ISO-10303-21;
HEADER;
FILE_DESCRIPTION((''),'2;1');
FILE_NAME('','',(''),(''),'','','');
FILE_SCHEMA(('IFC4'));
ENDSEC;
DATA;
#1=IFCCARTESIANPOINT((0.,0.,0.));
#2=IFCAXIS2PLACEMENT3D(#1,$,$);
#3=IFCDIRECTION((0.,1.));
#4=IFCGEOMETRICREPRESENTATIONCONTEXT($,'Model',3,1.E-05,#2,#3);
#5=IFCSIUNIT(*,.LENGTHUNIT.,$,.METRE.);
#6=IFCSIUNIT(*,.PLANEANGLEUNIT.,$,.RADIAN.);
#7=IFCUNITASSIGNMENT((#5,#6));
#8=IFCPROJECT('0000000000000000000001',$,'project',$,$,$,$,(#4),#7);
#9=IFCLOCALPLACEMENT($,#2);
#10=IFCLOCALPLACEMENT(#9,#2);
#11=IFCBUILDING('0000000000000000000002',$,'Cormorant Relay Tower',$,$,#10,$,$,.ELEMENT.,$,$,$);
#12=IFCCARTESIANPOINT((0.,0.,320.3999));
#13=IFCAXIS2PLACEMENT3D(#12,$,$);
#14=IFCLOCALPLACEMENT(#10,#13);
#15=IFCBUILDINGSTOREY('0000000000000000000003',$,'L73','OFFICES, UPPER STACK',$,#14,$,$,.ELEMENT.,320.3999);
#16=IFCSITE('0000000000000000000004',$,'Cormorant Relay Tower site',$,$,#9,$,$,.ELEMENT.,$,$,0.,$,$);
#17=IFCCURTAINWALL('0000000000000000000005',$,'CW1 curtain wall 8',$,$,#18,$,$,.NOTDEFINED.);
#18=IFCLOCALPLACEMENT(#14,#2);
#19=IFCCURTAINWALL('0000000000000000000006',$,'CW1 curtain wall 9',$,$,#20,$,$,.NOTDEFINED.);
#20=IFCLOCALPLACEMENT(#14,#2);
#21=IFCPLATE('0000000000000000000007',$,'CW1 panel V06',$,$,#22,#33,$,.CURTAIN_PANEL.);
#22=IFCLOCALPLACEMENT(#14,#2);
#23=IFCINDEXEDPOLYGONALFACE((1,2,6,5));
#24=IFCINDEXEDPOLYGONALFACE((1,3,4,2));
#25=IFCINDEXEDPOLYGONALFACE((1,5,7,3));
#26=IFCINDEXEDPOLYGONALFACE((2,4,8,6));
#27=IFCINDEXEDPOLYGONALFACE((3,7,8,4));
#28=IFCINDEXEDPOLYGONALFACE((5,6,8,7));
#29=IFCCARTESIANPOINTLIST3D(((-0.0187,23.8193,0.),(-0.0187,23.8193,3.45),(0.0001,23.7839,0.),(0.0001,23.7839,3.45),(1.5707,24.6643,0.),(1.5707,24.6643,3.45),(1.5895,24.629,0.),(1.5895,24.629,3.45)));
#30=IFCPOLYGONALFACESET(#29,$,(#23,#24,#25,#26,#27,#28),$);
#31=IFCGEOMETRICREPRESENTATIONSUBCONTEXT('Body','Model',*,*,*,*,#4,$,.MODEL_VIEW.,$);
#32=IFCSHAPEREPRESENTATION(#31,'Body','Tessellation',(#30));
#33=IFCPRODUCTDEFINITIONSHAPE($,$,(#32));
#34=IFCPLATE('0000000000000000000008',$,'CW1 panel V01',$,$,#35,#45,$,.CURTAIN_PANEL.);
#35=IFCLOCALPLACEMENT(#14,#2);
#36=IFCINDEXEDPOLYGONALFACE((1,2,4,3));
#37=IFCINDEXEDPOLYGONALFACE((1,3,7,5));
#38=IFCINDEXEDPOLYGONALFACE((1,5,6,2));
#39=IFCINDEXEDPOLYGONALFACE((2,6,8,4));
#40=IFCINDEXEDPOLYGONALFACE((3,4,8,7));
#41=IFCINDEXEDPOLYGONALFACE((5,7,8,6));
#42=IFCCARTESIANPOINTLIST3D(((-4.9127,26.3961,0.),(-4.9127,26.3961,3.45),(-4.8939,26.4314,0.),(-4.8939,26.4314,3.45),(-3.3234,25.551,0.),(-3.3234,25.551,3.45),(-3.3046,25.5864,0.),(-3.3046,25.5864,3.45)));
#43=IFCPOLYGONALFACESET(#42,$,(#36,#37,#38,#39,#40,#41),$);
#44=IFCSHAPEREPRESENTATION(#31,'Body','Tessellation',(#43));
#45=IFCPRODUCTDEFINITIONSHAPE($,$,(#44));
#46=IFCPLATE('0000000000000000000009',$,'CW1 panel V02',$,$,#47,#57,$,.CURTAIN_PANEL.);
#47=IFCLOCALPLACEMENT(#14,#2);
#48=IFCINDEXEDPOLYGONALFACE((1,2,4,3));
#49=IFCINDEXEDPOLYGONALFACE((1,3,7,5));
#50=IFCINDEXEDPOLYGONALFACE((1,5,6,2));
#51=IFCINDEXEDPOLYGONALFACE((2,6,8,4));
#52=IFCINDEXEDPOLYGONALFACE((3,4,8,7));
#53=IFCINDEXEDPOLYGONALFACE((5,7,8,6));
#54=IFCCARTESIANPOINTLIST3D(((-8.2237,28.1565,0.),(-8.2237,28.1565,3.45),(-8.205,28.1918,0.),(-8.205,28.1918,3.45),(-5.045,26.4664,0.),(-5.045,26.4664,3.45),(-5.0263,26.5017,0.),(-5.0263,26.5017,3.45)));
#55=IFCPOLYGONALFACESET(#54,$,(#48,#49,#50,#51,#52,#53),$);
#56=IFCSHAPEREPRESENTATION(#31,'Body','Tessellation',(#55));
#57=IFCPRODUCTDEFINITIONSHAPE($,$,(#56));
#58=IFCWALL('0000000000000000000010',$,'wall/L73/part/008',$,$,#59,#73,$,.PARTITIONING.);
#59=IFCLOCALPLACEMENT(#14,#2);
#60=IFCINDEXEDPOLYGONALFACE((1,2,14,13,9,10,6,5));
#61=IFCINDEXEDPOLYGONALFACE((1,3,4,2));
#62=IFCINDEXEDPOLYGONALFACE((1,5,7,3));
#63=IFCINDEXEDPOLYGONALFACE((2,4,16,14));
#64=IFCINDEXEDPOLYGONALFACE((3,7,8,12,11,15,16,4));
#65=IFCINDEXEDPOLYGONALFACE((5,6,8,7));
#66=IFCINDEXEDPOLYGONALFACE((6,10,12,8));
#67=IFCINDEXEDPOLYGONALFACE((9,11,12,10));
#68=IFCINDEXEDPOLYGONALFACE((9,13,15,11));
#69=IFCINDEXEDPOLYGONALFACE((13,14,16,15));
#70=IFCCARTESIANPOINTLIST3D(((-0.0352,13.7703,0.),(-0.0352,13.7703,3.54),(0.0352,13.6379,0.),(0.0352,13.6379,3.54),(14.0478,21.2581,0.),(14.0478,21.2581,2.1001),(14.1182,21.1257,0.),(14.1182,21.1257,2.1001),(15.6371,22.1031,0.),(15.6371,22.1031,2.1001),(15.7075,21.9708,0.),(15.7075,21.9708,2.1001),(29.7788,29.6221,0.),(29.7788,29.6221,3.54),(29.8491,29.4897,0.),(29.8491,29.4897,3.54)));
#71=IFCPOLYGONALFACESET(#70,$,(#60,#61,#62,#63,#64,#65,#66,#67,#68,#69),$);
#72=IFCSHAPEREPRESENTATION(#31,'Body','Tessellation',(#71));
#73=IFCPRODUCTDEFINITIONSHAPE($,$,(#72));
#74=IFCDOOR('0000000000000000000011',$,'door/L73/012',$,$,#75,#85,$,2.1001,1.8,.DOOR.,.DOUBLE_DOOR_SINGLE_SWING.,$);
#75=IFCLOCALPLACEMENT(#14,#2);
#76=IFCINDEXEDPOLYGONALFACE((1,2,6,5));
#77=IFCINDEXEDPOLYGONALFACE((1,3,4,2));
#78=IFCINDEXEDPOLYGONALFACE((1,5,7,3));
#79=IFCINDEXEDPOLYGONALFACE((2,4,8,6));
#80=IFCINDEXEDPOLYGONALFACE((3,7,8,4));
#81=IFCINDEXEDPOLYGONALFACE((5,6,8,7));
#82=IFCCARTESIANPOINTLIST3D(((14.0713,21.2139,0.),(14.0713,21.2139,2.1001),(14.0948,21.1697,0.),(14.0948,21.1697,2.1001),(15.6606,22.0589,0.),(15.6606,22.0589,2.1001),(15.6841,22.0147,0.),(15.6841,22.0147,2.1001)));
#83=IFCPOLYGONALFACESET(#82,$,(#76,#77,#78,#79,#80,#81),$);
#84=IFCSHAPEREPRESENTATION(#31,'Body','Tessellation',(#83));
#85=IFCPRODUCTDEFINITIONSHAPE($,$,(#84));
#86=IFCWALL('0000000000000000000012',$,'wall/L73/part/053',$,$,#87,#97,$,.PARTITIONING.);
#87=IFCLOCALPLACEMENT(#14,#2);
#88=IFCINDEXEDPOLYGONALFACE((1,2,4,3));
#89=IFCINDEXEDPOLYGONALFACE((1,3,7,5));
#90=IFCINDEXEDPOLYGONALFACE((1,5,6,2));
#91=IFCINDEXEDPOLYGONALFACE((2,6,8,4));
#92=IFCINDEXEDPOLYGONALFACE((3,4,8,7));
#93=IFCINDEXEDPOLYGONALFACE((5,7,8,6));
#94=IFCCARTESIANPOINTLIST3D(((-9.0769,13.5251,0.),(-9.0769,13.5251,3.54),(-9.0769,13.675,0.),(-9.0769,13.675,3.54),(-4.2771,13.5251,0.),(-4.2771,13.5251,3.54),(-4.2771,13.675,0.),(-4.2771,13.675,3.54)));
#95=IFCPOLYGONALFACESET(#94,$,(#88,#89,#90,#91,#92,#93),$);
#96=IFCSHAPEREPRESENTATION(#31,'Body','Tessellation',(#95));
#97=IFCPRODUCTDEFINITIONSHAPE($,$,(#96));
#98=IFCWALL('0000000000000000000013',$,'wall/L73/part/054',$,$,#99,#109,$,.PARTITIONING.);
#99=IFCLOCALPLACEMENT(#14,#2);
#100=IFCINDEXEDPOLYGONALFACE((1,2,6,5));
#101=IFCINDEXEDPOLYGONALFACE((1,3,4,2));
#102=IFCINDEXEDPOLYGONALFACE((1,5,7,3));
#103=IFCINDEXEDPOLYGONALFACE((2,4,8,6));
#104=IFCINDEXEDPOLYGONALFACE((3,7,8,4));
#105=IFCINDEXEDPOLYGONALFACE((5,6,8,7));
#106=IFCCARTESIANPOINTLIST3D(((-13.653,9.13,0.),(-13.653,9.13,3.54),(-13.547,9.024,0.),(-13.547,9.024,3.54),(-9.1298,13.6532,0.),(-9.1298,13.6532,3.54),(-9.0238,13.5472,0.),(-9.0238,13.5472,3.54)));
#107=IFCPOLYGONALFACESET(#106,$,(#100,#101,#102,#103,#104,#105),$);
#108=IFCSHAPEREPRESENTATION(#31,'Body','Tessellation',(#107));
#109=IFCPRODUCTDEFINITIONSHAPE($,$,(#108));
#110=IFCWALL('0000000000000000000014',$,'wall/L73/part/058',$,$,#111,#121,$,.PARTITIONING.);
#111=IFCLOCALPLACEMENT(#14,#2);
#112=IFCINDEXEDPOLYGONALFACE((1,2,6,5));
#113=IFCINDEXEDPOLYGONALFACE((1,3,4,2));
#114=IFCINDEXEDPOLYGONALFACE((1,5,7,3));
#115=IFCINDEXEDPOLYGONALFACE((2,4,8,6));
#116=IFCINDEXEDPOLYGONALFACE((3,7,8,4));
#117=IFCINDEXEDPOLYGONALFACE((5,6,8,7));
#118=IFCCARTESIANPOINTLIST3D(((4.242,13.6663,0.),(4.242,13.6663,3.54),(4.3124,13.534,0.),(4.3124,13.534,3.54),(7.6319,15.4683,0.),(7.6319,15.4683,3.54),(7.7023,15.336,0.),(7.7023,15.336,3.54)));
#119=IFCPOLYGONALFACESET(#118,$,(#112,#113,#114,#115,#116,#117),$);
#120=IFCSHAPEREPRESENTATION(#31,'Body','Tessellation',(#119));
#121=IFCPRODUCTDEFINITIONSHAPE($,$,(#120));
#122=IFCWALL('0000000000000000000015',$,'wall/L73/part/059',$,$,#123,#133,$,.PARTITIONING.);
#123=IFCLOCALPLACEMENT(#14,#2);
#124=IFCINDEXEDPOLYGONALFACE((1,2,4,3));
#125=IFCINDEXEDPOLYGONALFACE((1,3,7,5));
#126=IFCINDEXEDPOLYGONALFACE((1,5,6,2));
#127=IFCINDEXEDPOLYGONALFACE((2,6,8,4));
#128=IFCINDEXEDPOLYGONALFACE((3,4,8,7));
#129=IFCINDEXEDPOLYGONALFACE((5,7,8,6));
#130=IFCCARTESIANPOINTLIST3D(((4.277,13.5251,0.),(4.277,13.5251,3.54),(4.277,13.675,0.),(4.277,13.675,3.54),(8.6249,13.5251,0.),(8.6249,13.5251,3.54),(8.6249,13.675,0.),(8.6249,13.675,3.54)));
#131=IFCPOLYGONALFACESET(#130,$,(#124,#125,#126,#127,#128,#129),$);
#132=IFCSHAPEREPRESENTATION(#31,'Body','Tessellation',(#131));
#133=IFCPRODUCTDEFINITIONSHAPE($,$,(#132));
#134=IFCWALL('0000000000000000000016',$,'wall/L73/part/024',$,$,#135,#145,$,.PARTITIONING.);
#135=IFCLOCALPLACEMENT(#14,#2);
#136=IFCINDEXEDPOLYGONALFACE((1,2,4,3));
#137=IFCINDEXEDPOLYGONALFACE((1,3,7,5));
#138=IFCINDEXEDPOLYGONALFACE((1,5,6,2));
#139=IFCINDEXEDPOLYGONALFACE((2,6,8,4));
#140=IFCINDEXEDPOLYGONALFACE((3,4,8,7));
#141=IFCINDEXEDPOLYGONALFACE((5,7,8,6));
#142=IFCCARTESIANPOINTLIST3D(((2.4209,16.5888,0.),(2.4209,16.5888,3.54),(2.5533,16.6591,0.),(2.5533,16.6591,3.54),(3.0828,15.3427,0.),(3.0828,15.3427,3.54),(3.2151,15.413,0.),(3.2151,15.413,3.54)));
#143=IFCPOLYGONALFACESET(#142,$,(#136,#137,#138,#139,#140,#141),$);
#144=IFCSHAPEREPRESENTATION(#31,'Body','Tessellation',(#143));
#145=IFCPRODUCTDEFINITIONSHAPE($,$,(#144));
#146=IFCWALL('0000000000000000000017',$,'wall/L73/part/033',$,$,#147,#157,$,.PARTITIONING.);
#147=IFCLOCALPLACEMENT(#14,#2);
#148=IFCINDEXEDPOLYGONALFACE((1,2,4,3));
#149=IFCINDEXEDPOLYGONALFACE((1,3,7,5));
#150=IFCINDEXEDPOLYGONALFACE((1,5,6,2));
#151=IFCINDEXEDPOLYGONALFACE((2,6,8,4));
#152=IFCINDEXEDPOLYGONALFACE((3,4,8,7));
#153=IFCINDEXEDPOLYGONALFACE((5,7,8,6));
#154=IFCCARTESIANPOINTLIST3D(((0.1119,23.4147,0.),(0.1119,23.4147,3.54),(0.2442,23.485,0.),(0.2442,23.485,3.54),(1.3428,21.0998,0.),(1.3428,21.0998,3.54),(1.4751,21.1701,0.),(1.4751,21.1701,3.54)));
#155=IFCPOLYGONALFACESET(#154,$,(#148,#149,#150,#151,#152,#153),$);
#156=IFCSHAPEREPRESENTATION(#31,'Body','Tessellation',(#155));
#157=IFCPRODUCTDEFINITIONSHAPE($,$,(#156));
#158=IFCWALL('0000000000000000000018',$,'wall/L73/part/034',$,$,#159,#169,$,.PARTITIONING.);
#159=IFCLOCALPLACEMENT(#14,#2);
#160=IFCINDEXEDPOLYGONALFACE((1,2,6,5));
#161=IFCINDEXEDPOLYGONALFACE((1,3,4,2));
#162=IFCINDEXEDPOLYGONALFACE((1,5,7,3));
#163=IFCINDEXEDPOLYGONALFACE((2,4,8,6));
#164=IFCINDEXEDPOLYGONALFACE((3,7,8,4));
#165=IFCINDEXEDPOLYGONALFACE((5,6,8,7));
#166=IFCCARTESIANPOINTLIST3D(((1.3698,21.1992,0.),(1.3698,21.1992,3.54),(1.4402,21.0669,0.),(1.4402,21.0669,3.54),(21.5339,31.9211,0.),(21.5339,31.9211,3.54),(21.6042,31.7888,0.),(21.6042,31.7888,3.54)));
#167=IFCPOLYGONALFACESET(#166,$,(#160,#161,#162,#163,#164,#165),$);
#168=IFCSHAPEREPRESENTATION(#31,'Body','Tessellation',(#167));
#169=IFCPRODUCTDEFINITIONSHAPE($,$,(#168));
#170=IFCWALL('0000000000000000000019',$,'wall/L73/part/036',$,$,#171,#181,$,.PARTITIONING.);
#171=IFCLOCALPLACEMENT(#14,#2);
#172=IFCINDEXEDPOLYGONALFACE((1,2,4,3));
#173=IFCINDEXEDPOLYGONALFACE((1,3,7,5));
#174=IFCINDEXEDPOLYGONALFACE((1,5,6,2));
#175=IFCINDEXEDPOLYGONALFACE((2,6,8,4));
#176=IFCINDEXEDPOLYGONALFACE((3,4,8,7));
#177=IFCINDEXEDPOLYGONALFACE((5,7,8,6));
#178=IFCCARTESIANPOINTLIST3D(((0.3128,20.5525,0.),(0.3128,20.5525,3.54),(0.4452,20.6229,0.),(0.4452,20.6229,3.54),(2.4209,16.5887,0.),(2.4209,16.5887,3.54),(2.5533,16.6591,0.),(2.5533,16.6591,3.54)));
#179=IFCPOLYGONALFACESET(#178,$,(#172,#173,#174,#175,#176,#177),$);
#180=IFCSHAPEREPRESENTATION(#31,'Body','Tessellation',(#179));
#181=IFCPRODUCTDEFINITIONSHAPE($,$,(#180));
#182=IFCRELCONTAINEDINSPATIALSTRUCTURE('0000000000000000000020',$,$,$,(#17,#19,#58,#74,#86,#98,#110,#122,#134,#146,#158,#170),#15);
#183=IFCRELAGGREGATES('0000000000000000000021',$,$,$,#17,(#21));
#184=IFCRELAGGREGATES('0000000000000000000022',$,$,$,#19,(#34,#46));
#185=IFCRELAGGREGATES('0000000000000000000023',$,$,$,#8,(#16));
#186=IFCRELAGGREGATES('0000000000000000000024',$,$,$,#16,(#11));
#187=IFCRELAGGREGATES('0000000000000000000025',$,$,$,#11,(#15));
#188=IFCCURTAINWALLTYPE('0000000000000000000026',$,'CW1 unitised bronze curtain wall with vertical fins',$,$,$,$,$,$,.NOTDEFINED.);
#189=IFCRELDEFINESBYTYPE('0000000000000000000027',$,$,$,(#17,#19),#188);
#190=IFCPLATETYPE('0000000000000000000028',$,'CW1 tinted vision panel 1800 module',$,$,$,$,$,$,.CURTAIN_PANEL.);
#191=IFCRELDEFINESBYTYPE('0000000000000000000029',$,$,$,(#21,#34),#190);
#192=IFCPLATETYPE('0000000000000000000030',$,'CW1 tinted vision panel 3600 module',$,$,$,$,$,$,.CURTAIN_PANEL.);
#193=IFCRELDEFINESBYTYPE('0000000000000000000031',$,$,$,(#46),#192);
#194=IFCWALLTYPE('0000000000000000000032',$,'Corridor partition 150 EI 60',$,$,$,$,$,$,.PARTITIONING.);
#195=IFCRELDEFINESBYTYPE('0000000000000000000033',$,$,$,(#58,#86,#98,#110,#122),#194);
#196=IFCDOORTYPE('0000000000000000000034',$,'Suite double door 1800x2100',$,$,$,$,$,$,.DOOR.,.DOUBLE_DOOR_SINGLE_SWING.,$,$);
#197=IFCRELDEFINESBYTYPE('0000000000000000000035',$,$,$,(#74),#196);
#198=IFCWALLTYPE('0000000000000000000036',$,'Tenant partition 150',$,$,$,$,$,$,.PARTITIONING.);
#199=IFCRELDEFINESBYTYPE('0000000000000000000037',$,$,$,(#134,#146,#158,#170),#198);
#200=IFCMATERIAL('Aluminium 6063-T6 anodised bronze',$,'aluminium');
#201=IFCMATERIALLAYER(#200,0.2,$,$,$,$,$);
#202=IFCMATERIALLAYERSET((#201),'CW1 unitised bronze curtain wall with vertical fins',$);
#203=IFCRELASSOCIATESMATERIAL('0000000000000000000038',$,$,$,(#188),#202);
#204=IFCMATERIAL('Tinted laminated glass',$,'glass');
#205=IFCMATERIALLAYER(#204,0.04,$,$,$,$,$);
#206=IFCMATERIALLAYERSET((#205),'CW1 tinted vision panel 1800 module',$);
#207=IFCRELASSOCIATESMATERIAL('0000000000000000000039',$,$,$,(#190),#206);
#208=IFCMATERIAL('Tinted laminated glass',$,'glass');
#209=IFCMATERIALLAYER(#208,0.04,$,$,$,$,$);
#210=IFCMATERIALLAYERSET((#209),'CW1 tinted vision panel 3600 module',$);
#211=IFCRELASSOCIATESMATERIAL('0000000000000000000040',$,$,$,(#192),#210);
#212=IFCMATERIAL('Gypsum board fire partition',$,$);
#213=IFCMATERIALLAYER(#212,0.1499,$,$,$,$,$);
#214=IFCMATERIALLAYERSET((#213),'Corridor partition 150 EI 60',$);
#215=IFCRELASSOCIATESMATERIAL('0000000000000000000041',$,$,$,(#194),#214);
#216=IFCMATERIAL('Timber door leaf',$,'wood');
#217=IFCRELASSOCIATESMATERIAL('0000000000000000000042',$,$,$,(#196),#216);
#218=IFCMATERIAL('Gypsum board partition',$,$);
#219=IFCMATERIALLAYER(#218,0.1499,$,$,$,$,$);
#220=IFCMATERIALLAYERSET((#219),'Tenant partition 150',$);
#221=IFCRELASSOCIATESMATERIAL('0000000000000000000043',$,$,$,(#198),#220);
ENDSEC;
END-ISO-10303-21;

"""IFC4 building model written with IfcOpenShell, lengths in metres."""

from ifc_helpers import new_model, si_unit, direction, frame, frame_2d, origin, origin_2d, place, context, subcontext, project, spatial, rectangle, extrude, material, layer, layer_set, type_object, element, fill, aggregate, save


model = new_model("IFC4")

# Units and contexts
model_context = context("Model", 3, precision=1e-05, world=origin(), true_north=direction((0.0, 1.0)))
body_context = subcontext(model_context, "Body", "Model", "MODEL_VIEW")
ifc_project = project(units=[si_unit("LENGTHUNIT", "METRE"), si_unit("PLANEANGLEUNIT", "RADIAN")], contexts=[model_context])

# Site, building, storey
site_placement = place(None, origin())
site = spatial("IfcSite", under=ifc_project, at=site_placement, Name="Cormorant Relay Tower site", CompositionType="ELEMENT", RefElevation=0.0)
building_placement = place(site_placement, origin())
building = spatial("IfcBuilding", under=site, at=building_placement, Name="Cormorant Relay Tower", CompositionType="ELEMENT")
storey_placement = place(building_placement, frame((0.0, 0.0, 320.3999)))
storey = spatial("IfcBuildingStorey", under=building, at=storey_placement, Name="L73", Description="OFFICES, UPPER STACK", CompositionType="ELEMENT", Elevation=320.3999)

# Curtain wall
ifc_material_1 = material(Name="Aluminium 6063-T6 anodised bronze", Category="aluminium")
ifc_layer_1 = layer(ifc_material_1, 0.2)
ifc_layer_set_1 = layer_set([ifc_layer_1], Name="CW1 unitised bronze curtain wall with vertical fins")
curtain_wall_type = type_object("IfcCurtainWallType", Name="CW1 unitised bronze curtain wall with vertical fins", PredefinedType="NOTDEFINED", material=ifc_layer_set_1)
curtain_wall_1_placement = place(storey_placement, origin())
curtain_wall_1 = element("IfcCurtainWall", 1, at=curtain_wall_1_placement, inside=storey, type_object=curtain_wall_type, Name="CW1 curtain wall 8", PredefinedType="NOTDEFINED")

# Curtain wall
curtain_wall_2_placement = place(storey_placement, origin())
curtain_wall_2 = element("IfcCurtainWall", 2, at=curtain_wall_2_placement, inside=storey, type_object=curtain_wall_type, Name="CW1 curtain wall 9", PredefinedType="NOTDEFINED")

# Plates
ifc_material_2 = material(Name="Tinted laminated glass", Category="glass")
ifc_layer_2 = layer(ifc_material_2, 0.04)
ifc_layer_set_2 = layer_set([ifc_layer_2], Name="CW1 tinted vision panel 1800 module")
plate_type_1 = type_object("IfcPlateType", Name="CW1 tinted vision panel 1800 module", PredefinedType="CURTAIN_PANEL", material=ifc_layer_set_2)
plate_1_placement = place(storey_placement, frame((0.7854, 24.2241, 0.0), z_axis=(0.0, 0.0, 1.0), x_axis=(-0.882948, -0.469472, 0.0)))
plate_1 = element("IfcPlate", 3, at=plate_1_placement, type_object=plate_type_1, Name="CW1 panel V06", PredefinedType="CURTAIN_PANEL", context=body_context, shape_type="SweptSolid", body=[
    extrude(rectangle(XDim=1.8, YDim=0.04, at=origin_2d()), origin(), (0.0, 0.0, 1.0), 3.45),
])
plate_2_placement = place(storey_placement, frame((-4.1086, 25.9912, 0.0), z_axis=(0.0, 0.0, 1.0), x_axis=(-0.882948, 0.469472, 0.0)))
plate_2 = element("IfcPlate", 4, at=plate_2_placement, type_object=plate_type_1, Name="CW1 panel V01", PredefinedType="CURTAIN_PANEL", context=body_context, shape_type="SweptSolid", body=[
    extrude(rectangle(XDim=1.8, YDim=0.04, at=origin_2d()), origin(), (0.0, 0.0, 1.0), 3.45),
])
ifc_material_3 = material(Name="Tinted laminated glass", Category="glass")
ifc_layer_3 = layer(ifc_material_3, 0.04)
ifc_layer_set_3 = layer_set([ifc_layer_3], Name="CW1 tinted vision panel 3600 module")
plate_type_2 = type_object("IfcPlateType", Name="CW1 tinted vision panel 3600 module", PredefinedType="CURTAIN_PANEL", material=ifc_layer_set_3)
plate_3_placement = place(storey_placement, frame((-6.625, 27.3291, 0.0), z_axis=(0.0, 0.0, 1.0), x_axis=(-0.882948, 0.469472, 0.0)))
plate_3 = element("IfcPlate", 5, at=plate_3_placement, type_object=plate_type_2, Name="CW1 panel V02", PredefinedType="CURTAIN_PANEL", context=body_context, shape_type="SweptSolid", body=[
    extrude(rectangle(XDim=3.6001, YDim=0.04, at=origin_2d()), origin(), (0.0, 0.0, 1.0), 3.45),
])

# Wall, opening, door
ifc_material_4 = material(Name="Gypsum board fire partition")
ifc_layer_4 = layer(ifc_material_4, 0.1499)
ifc_layer_set_4 = layer_set([ifc_layer_4], Name="Corridor partition 150 EI 60")
wall_type_1 = type_object("IfcWallType", Name="Corridor partition 150 EI 60", PredefinedType="PARTITIONING", material=ifc_layer_set_4)
wall_1_placement = place(storey_placement, frame((0.0, 13.7041, 0.0), z_axis=(0.0, 0.0, 1.0), x_axis=(0.882954, 0.469459, 0.0)))
wall_1 = element("IfcWall", 6, at=wall_1_placement, inside=storey, type_object=wall_type_1, Name="wall/L73/part/008", PredefinedType="PARTITIONING", context=body_context, shape_type="SweptSolid", body=[
    extrude(rectangle(XDim=33.7661, YDim=0.1499, at=frame_2d((16.8831, 0.0))), origin(), (0.0, 0.0, 1.0), 3.54),
])
opening_placement = place(wall_1_placement, frame((15.95, 0.0, 0.0)))
opening = element("IfcOpeningElement", 7, at=opening_placement, cuts=wall_1, PredefinedType="OPENING", context=body_context, shape_type="SweptSolid", body=[
    extrude(rectangle(XDim=1.8, YDim=2.1001, at=frame_2d((0.8999, 1.05))), frame((0.0, 0.085, 0.0), z_axis=(0.0, -1.0, 0.0), x_axis=(1.0, 0.0, 0.0)), (0.0, 0.0, 1.0), 0.1699),
])
ifc_material_5 = material(Name="Timber door leaf", Category="wood")
door_type = type_object("IfcDoorType", Name="Suite double door 1800x2100", OperationType="DOUBLE_DOOR_SINGLE_SWING", PredefinedType="DOOR", material=ifc_material_5)
door_placement = place(opening_placement, origin())
door = element("IfcDoor", 8, at=door_placement, inside=storey, type_object=door_type, Name="door/L73/012", OperationType="DOUBLE_DOOR_SINGLE_SWING", OverallHeight=2.1001, OverallWidth=1.8, PredefinedType="DOOR", context=body_context, shape_type="SweptSolid", body=[
    extrude(rectangle(XDim=1.8, YDim=2.1001, at=frame_2d((0.8999, 1.05))), frame((0.0, 0.0249, 0.0), z_axis=(0.0, -1.0, 0.0), x_axis=(1.0, 0.0, 0.0)), (0.0, 0.0, 1.0), 0.05),
])
fill(opening, door)

# Walls
wall_2_placement = place(storey_placement, frame((-4.2771, 13.6001, 0.0), z_axis=(0.0, 0.0, 1.0), x_axis=(-1.0, 0.0, 0.0)))
element("IfcWall", 9, at=wall_2_placement, inside=storey, type_object=wall_type_1, Name="wall/L73/part/053", PredefinedType="PARTITIONING", context=body_context, shape_type="SweptSolid", body=[
    extrude(rectangle(XDim=4.7998, YDim=0.1499, at=frame_2d((2.3999, 0.0))), origin(), (0.0, 0.0, 1.0), 3.54),
])
wall_3_placement = place(storey_placement, frame((-9.0769, 13.6001, 0.0), z_axis=(0.0, 0.0, 1.0), x_axis=(-0.707107, -0.707107, 0.0)))
element("IfcWall", 10, at=wall_3_placement, inside=storey, type_object=wall_type_1, Name="wall/L73/part/054", PredefinedType="PARTITIONING", context=body_context, shape_type="SweptSolid", body=[
    extrude(rectangle(XDim=6.3967, YDim=0.1499, at=frame_2d((3.1982, 0.0))), origin(), (0.0, 0.0, 1.0), 3.54),
])
wall_4_placement = place(storey_placement, frame((7.667, 15.4021, 0.0), z_axis=(0.0, 0.0, 1.0), x_axis=(-0.882995, -0.469383, 0.0)))
element("IfcWall", 11, at=wall_4_placement, inside=storey, type_object=wall_type_1, Name="wall/L73/part/058", PredefinedType="PARTITIONING", context=body_context, shape_type="SweptSolid", body=[
    extrude(rectangle(XDim=3.8391, YDim=0.1499, at=frame_2d((1.9194, 0.0))), origin(), (0.0, 0.0, 1.0), 3.54),
])
wall_5_placement = place(storey_placement, frame((4.2771, 13.6001, 0.0), z_axis=(0.0, 0.0, 1.0), x_axis=(1.0, 0.0, 0.0)))
element("IfcWall", 12, at=wall_5_placement, inside=storey, type_object=wall_type_1, Name="wall/L73/part/059", PredefinedType="PARTITIONING", context=body_context, shape_type="SweptSolid", body=[
    extrude(rectangle(XDim=4.3479, YDim=0.1499, at=frame_2d((2.1738, 0.0))), origin(), (0.0, 0.0, 1.0), 3.54),
])
ifc_material_6 = material(Name="Gypsum board partition")
ifc_layer_5 = layer(ifc_material_6, 0.1499)
ifc_layer_set_5 = layer_set([ifc_layer_5], Name="Tenant partition 150")
wall_type_2 = type_object("IfcWallType", Name="Tenant partition 150", PredefinedType="PARTITIONING", material=ifc_layer_set_5)
wall_6_placement = place(storey_placement, frame((2.4871, 16.624, 0.0), z_axis=(0.0, 0.0, 1.0), x_axis=(0.469088, -0.883152, 0.0)))
element("IfcWall", 13, at=wall_6_placement, inside=storey, type_object=wall_type_2, Name="wall/L73/part/024", PredefinedType="PARTITIONING", context=body_context, shape_type="SweptSolid", body=[
    extrude(rectangle(XDim=1.4109, YDim=0.1499, at=frame_2d((0.7056, 0.0))), origin(), (0.0, 0.0, 1.0), 3.54),
])
wall_7_placement = place(storey_placement, frame((0.178, 23.45, 0.0), z_axis=(0.0, 0.0, 1.0), x_axis=(0.469496, -0.882935, 0.0)))
element("IfcWall", 14, at=wall_7_placement, inside=storey, type_object=wall_type_2, Name="wall/L73/part/033", PredefinedType="PARTITIONING", context=body_context, shape_type="SweptSolid", body=[
    extrude(rectangle(XDim=2.6218, YDim=0.1499, at=frame_2d((1.311, 0.0))), origin(), (0.0, 0.0, 1.0), 3.54),
])
wall_8_placement = place(storey_placement, frame((1.405, 21.1331, 0.0), z_axis=(0.0, 0.0, 1.0), x_axis=(0.882938, 0.469489, 0.0)))
element("IfcWall", 15, at=wall_8_placement, inside=storey, type_object=wall_type_2, Name="wall/L73/part/034", PredefinedType="PARTITIONING", context=body_context, shape_type="SweptSolid", body=[
    extrude(rectangle(XDim=22.8374, YDim=0.1499, at=frame_2d((11.4187, 0.0))), origin(), (0.0, 0.0, 1.0), 3.54),
])
wall_9_placement = place(storey_placement, frame((2.4871, 16.624, 0.0), z_axis=(0.0, 0.0, 1.0), x_axis=(-0.469563, 0.882899, 0.0)))
element("IfcWall", 16, at=wall_9_placement, inside=storey, type_object=wall_type_2, Name="wall/L73/part/036", PredefinedType="PARTITIONING", context=body_context, shape_type="SweptSolid", body=[
    extrude(rectangle(XDim=4.4895, YDim=0.1499, at=frame_2d((2.2446, 0.0))), origin(), (0.0, 0.0, 1.0), 3.54),
])

aggregate(curtain_wall_1, [plate_1])
aggregate(curtain_wall_2, [plate_2, plate_3])

save(model, "model.ifc")
